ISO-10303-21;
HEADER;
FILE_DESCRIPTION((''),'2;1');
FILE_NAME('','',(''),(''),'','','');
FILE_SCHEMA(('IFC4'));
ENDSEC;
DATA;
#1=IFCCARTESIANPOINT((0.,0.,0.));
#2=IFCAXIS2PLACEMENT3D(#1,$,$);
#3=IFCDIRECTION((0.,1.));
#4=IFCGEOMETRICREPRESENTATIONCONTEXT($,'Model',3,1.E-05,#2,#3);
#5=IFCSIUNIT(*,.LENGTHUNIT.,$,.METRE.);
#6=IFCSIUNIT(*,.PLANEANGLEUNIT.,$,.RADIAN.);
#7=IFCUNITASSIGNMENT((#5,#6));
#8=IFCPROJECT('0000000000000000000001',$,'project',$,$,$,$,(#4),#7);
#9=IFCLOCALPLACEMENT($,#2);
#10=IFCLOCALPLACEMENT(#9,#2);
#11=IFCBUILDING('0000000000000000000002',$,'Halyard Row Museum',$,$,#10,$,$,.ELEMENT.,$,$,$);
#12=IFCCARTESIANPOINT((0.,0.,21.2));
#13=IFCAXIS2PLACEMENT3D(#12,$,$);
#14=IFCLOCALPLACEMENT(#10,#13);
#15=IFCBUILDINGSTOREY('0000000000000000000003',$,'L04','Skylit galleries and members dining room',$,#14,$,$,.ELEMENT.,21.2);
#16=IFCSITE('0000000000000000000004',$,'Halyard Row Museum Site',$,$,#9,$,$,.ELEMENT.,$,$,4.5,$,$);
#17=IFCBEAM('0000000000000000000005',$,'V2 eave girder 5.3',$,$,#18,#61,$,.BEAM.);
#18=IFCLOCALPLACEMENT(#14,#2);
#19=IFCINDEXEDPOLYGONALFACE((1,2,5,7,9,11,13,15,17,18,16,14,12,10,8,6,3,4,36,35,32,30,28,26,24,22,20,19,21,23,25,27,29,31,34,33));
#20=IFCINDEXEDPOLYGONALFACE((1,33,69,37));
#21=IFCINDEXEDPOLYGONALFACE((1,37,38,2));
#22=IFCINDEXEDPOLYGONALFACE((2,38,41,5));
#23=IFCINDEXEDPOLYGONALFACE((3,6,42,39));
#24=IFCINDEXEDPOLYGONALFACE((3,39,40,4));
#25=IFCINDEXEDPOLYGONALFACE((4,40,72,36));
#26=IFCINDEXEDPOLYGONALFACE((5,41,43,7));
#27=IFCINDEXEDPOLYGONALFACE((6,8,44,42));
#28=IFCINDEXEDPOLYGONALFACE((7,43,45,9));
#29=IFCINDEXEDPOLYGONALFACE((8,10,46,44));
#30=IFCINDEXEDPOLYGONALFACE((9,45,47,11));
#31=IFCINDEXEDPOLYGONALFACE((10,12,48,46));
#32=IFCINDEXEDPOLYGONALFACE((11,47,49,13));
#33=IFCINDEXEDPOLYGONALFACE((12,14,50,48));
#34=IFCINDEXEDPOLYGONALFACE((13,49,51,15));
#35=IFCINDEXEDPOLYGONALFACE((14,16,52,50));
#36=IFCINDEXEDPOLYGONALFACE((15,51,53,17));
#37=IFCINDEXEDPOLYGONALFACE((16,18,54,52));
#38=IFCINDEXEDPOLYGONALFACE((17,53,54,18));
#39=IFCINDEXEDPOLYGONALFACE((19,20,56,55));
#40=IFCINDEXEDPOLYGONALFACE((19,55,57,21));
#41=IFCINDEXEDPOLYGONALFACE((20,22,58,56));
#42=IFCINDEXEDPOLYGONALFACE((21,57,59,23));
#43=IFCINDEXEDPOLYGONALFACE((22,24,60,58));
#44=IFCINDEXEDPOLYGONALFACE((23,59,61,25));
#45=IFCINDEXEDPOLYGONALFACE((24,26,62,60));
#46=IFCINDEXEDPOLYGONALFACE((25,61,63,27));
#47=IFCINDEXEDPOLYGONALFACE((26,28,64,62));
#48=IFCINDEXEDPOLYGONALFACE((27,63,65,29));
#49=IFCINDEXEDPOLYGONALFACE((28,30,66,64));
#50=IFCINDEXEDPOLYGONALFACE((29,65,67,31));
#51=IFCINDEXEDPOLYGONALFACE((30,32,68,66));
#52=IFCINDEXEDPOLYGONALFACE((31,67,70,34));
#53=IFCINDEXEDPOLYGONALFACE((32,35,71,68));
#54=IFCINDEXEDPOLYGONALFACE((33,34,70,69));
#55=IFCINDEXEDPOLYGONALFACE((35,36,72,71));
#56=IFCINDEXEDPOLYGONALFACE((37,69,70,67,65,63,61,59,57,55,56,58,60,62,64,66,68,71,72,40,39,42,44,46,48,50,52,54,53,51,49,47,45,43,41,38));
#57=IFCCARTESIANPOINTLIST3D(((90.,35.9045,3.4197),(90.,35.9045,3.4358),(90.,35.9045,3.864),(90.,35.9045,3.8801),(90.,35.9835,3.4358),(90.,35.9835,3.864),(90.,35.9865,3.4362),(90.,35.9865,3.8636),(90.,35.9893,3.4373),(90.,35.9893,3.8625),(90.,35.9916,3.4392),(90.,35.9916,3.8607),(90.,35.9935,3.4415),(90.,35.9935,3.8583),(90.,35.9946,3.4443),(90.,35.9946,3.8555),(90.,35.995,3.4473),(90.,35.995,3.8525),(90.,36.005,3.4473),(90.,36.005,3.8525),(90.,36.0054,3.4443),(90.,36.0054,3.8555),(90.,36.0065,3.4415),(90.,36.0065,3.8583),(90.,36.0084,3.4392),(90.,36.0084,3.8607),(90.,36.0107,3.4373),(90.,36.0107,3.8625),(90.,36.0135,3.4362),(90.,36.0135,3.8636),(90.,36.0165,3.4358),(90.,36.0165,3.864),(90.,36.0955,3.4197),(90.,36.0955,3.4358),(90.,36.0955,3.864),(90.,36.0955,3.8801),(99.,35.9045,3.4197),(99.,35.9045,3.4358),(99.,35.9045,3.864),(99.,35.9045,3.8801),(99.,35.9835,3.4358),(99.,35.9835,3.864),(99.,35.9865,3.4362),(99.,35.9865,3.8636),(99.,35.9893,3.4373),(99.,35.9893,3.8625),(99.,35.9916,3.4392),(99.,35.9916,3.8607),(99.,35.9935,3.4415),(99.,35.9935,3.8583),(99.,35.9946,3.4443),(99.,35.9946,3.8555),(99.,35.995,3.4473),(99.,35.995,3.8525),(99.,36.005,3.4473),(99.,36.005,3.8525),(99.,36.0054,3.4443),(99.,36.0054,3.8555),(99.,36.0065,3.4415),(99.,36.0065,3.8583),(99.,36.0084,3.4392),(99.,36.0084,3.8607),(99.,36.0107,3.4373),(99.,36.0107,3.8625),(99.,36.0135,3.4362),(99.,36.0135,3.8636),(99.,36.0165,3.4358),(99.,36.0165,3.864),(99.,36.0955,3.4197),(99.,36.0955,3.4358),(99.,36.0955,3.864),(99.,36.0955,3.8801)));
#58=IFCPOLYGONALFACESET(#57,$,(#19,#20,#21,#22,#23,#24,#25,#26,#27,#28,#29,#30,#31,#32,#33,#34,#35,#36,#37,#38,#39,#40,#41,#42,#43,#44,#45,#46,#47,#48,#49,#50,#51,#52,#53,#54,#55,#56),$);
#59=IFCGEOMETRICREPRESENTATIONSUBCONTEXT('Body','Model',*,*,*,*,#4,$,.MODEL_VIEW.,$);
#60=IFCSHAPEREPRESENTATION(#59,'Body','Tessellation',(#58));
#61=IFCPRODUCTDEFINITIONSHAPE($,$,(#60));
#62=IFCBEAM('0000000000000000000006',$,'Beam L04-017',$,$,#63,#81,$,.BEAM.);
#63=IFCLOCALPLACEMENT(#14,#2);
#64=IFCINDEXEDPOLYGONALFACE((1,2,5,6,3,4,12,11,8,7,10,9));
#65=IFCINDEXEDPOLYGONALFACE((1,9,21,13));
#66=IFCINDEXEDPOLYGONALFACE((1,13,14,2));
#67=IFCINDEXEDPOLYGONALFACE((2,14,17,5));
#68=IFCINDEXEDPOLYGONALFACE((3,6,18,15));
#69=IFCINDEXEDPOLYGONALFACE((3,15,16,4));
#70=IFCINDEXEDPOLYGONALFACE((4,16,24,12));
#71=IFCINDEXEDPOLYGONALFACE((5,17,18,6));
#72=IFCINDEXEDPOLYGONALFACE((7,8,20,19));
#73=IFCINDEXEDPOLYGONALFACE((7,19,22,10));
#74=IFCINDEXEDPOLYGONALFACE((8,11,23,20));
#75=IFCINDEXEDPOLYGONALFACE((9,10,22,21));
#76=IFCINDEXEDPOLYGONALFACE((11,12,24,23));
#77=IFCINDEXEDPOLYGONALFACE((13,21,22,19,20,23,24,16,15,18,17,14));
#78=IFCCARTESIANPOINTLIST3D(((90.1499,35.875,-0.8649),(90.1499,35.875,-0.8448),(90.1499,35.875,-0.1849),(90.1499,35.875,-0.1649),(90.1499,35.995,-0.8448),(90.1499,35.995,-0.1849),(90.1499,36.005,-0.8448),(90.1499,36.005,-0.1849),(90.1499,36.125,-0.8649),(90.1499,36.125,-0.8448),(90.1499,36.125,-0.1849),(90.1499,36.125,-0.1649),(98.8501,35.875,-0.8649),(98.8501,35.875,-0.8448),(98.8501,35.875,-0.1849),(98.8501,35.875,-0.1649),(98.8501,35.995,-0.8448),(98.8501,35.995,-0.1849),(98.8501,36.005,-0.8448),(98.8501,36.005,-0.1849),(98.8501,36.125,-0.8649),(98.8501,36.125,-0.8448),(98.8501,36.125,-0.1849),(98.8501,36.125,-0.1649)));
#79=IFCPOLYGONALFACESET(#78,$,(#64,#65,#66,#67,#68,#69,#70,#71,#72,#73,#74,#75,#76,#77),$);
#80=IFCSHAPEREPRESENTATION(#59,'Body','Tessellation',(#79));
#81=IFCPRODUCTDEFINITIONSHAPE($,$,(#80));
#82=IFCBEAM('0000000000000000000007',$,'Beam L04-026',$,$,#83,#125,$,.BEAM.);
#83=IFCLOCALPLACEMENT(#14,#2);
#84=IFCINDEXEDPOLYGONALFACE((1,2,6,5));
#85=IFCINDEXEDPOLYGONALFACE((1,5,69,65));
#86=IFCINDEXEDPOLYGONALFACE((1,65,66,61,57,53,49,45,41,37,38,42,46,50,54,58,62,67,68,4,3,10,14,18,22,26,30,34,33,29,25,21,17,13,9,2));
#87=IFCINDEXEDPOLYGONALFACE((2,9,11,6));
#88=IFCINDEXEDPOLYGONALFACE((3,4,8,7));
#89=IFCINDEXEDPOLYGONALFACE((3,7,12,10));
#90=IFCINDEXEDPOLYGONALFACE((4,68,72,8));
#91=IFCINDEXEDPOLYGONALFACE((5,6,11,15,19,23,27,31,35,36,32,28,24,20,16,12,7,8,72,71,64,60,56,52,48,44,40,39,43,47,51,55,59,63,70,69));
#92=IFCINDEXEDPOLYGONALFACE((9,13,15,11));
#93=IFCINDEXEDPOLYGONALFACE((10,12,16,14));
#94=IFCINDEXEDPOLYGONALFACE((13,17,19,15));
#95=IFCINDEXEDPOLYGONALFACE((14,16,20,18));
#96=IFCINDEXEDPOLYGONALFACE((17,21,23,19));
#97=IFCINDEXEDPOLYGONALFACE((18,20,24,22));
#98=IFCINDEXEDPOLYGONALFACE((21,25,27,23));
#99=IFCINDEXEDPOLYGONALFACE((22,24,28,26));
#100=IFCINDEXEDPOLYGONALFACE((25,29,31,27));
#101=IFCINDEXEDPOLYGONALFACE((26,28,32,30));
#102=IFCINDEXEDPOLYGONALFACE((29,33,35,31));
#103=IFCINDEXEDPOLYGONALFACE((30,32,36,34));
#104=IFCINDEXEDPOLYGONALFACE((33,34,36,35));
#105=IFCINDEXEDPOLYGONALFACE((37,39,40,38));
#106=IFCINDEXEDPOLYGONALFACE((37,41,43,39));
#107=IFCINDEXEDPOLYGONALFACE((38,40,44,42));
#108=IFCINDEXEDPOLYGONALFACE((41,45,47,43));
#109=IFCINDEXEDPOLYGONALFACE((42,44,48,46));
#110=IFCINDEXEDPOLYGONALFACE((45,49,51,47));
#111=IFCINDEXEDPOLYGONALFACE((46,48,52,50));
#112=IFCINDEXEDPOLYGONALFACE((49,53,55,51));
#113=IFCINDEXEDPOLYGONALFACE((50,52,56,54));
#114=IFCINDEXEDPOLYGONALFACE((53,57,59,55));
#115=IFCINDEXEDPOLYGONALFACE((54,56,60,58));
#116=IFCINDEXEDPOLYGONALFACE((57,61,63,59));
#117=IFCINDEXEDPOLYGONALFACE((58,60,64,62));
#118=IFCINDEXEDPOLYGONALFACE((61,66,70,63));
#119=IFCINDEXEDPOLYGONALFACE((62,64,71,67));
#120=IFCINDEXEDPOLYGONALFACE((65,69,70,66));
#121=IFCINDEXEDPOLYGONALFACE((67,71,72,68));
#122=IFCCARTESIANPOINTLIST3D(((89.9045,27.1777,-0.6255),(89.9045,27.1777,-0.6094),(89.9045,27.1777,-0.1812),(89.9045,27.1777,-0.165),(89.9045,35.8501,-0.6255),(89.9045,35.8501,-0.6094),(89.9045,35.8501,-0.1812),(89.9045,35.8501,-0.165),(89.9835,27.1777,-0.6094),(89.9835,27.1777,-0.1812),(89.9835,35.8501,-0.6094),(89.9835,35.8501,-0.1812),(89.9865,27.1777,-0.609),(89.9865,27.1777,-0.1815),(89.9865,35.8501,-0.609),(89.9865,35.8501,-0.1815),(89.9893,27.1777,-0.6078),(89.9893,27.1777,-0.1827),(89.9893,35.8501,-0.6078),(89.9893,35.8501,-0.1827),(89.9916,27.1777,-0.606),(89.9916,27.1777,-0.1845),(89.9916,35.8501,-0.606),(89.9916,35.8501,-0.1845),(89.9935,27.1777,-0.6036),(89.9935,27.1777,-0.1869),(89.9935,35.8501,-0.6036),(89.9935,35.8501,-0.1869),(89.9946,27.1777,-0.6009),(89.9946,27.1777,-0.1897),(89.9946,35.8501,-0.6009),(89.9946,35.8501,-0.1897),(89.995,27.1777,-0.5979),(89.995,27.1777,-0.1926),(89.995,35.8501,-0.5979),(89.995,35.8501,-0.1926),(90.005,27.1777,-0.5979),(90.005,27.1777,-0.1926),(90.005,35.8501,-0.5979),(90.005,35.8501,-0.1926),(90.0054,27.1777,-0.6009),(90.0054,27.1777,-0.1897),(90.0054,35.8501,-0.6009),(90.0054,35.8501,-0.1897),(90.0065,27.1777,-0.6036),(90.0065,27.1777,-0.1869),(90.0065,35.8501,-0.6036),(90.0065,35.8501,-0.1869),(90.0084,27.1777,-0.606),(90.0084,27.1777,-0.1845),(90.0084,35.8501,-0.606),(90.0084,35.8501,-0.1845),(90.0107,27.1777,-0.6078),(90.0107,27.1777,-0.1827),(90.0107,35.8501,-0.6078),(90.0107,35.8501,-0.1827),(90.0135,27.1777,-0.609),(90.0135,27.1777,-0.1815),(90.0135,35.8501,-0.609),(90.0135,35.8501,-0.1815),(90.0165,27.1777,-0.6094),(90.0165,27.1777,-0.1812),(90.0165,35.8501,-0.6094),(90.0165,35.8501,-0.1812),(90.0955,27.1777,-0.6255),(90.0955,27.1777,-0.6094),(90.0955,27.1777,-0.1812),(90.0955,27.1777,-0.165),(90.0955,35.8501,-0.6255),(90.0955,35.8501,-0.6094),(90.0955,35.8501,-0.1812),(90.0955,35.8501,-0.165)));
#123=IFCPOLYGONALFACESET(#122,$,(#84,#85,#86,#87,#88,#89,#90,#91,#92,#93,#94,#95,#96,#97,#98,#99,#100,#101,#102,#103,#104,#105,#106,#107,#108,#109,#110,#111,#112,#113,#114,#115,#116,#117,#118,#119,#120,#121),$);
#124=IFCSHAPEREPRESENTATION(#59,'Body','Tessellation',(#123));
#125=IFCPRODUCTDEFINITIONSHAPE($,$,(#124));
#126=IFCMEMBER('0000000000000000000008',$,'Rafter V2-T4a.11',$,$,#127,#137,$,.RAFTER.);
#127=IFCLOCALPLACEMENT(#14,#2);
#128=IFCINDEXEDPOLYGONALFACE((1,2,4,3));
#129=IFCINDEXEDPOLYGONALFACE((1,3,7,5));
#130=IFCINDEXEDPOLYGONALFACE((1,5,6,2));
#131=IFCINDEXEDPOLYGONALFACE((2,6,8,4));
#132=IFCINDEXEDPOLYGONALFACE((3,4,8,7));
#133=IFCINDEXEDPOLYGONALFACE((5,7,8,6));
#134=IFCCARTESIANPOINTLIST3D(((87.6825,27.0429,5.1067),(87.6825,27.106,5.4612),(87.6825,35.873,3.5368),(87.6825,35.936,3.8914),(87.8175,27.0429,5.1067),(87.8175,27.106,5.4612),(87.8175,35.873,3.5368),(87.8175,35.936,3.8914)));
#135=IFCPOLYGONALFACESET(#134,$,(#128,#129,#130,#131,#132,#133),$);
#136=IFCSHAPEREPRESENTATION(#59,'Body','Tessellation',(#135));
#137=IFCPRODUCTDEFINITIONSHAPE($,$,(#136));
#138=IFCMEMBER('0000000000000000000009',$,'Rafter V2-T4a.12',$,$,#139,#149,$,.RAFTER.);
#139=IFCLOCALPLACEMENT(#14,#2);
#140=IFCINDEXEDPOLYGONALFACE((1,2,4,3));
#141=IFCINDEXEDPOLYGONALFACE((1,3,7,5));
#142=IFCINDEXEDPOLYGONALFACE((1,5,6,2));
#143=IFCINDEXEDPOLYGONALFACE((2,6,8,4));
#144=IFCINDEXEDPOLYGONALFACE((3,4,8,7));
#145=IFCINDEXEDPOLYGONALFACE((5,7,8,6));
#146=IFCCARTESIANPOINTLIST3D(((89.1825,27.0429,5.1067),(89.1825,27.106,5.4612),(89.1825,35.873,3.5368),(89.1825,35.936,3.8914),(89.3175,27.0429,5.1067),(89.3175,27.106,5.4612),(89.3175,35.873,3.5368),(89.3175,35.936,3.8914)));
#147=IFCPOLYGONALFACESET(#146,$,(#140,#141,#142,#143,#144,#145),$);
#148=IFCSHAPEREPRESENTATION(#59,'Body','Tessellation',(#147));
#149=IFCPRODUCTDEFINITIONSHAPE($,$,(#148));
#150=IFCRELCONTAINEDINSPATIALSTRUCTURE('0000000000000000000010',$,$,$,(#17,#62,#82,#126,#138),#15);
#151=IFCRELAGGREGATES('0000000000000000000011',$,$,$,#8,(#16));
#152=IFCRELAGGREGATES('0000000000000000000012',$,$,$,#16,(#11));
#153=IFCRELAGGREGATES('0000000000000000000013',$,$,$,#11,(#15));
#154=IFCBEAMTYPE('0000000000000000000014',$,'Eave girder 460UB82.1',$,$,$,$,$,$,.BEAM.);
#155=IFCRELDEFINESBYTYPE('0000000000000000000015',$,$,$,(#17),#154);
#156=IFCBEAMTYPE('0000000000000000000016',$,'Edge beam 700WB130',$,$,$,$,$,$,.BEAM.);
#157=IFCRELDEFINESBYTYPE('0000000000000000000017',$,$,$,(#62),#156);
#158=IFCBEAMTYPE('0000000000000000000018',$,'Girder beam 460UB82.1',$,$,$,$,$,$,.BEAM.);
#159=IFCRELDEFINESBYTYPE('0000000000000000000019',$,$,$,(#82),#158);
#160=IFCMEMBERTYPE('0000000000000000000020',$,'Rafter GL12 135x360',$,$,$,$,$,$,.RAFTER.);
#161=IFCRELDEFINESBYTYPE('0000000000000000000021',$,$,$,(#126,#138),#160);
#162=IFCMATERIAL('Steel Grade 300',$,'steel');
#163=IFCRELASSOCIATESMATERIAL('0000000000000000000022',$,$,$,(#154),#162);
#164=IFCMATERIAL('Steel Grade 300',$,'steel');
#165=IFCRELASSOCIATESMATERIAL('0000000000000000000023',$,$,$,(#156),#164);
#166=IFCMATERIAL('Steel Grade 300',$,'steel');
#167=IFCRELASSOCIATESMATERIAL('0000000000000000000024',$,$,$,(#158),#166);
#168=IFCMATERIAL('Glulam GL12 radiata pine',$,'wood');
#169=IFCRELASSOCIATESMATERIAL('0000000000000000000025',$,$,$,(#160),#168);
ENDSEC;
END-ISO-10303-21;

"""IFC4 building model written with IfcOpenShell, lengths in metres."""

from ifc_helpers import new_model, si_unit, direction, frame, origin, origin_2d, place, context, subcontext, project, spatial, rectangle, i_section, extrude, material, material_profile, profile_set, type_object, element, save


model = new_model("IFC4")

# Units and contexts
model_context = context("Model", 3, precision=1e-05, world=origin(), true_north=direction((0.0, 1.0)))
body_context = subcontext(model_context, "Body", "Model", "MODEL_VIEW")
ifc_project = project(units=[si_unit("LENGTHUNIT", "METRE"), si_unit("PLANEANGLEUNIT", "RADIAN")], contexts=[model_context])

# Site, building, storey
site_placement = place(None, origin())
site = spatial("IfcSite", under=ifc_project, at=site_placement, Name="Halyard Row Museum Site", CompositionType="ELEMENT", RefElevation=4.5)
building_placement = place(site_placement, origin())
building = spatial("IfcBuilding", under=site, at=building_placement, Name="Halyard Row Museum", CompositionType="ELEMENT")
storey_placement = place(building_placement, frame((0.0, 0.0, 21.2)))
storey = spatial("IfcBuildingStorey", under=building, at=storey_placement, Name="L04", Description="Skylit galleries and members dining room", CompositionType="ELEMENT", Elevation=21.2)

# Beams
ifc_material_1 = material(Name="Steel Grade 300", Category="steel")
ifc_material_profile_1 = material_profile(ifc_material_1, i_section(OverallWidth=0.1909, OverallDepth=0.4604, WebThickness=0.01, FlangeThickness=0.0161, FilletRadius=0.0115, at=origin_2d()), Name="460UB82.1")
ifc_profile_set_1 = profile_set([ifc_material_profile_1], Name="Steel Grade 300")
beam_type_1 = type_object("IfcBeamType", Name="Eave girder 460UB82.1", PredefinedType="BEAM", material=ifc_profile_set_1)
beam_1_placement = place(storey_placement, frame((90.0, 36.0, 3.6499), z_axis=(1.0, 0.0, 0.0), x_axis=(0.0, 1.0, 0.0)))
element("IfcBeam", 1, at=beam_1_placement, inside=storey, type_object=beam_type_1, Name="V2 eave girder 5.3", PredefinedType="BEAM", context=body_context, shape_type="SweptSolid", body=[
    extrude(i_section(OverallWidth=0.1909, OverallDepth=0.4604, WebThickness=0.01, FlangeThickness=0.0161, FilletRadius=0.0115, at=origin_2d()), origin(), (0.0, 0.0, 1.0), 9.0),
])
ifc_material_2 = material(Name="Steel Grade 300", Category="steel")
ifc_material_profile_2 = material_profile(ifc_material_2, i_section(OverallWidth=0.25, OverallDepth=0.7, WebThickness=0.01, FlangeThickness=0.02, at=origin_2d()), Name="700WB130")
ifc_profile_set_2 = profile_set([ifc_material_profile_2], Name="Steel Grade 300")
beam_type_2 = type_object("IfcBeamType", Name="Edge beam 700WB130", PredefinedType="BEAM", material=ifc_profile_set_2)
beam_2_placement = place(storey_placement, frame((90.1499, 36.0, -0.5149), z_axis=(1.0, 0.0, 0.0), x_axis=(0.0, 1.0, 0.0)))
element("IfcBeam", 2, at=beam_2_placement, inside=storey, type_object=beam_type_2, Name="Beam L04-017", PredefinedType="BEAM", context=body_context, shape_type="SweptSolid", body=[
    extrude(i_section(OverallWidth=0.25, OverallDepth=0.7, WebThickness=0.01, FlangeThickness=0.02, at=origin_2d()), origin(), (0.0, 0.0, 1.0), 8.7002),
])
ifc_material_3 = material(Name="Steel Grade 300", Category="steel")
ifc_material_profile_3 = material_profile(ifc_material_3, i_section(OverallWidth=0.1909, OverallDepth=0.4604, WebThickness=0.01, FlangeThickness=0.0161, FilletRadius=0.0115, at=origin_2d()), Name="460UB82.1")
ifc_profile_set_3 = profile_set([ifc_material_profile_3], Name="Steel Grade 300")
beam_type_3 = type_object("IfcBeamType", Name="Girder beam 460UB82.1", PredefinedType="BEAM", material=ifc_profile_set_3)
beam_3_placement = place(storey_placement, frame((90.0, 27.1777, -0.3953), z_axis=(0.0, 1.0, 0.0), x_axis=(-1.0, 0.0, 0.0)))
element("IfcBeam", 3, at=beam_3_placement, inside=storey, type_object=beam_type_3, Name="Beam L04-026", PredefinedType="BEAM", context=body_context, shape_type="SweptSolid", body=[
    extrude(i_section(OverallWidth=0.1909, OverallDepth=0.4604, WebThickness=0.01, FlangeThickness=0.0161, FilletRadius=0.0115, at=origin_2d()), origin(), (0.0, 0.0, 1.0), 8.6724),
])

# Members
ifc_material_4 = material(Name="Glulam GL12 radiata pine", Category="wood")
ifc_material_profile_4 = material_profile(ifc_material_4, rectangle(XDim=0.135, YDim=0.3601, at=origin_2d()), Name="GL12 135x360")
ifc_profile_set_4 = profile_set([ifc_material_profile_4], Name="Glulam GL12 radiata pine")
member_type_1 = type_object("IfcMemberType", Name="Rafter GL12 135x360", PredefinedType="RAFTER", material=ifc_profile_set_4)
for number, where, z_axis, x_axis, name in (
    (4, (87.75, 27.0745, 5.2839), (0.0, 0.984562, -0.175037), (-1.0, 0.0, 0.0), "Rafter V2-T4a.11"),
    (5, (89.25, 27.0745, 5.2839), (0.0, 0.984562, -0.175037), (-1.0, 0.0, 0.0), "Rafter V2-T4a.12"),
):
    element("IfcMember", number, at=place(storey_placement, frame(where, z_axis=z_axis, x_axis=x_axis)), inside=storey, type_object=member_type_1, Name=name, PredefinedType="RAFTER", context=body_context, shape_type="SweptSolid", body=[
        extrude(rectangle(XDim=0.135, YDim=0.3601, at=origin_2d()), origin(), (0.0, 0.0, 1.0), 8.9685),
    ])

save(model, "model.ifc")
